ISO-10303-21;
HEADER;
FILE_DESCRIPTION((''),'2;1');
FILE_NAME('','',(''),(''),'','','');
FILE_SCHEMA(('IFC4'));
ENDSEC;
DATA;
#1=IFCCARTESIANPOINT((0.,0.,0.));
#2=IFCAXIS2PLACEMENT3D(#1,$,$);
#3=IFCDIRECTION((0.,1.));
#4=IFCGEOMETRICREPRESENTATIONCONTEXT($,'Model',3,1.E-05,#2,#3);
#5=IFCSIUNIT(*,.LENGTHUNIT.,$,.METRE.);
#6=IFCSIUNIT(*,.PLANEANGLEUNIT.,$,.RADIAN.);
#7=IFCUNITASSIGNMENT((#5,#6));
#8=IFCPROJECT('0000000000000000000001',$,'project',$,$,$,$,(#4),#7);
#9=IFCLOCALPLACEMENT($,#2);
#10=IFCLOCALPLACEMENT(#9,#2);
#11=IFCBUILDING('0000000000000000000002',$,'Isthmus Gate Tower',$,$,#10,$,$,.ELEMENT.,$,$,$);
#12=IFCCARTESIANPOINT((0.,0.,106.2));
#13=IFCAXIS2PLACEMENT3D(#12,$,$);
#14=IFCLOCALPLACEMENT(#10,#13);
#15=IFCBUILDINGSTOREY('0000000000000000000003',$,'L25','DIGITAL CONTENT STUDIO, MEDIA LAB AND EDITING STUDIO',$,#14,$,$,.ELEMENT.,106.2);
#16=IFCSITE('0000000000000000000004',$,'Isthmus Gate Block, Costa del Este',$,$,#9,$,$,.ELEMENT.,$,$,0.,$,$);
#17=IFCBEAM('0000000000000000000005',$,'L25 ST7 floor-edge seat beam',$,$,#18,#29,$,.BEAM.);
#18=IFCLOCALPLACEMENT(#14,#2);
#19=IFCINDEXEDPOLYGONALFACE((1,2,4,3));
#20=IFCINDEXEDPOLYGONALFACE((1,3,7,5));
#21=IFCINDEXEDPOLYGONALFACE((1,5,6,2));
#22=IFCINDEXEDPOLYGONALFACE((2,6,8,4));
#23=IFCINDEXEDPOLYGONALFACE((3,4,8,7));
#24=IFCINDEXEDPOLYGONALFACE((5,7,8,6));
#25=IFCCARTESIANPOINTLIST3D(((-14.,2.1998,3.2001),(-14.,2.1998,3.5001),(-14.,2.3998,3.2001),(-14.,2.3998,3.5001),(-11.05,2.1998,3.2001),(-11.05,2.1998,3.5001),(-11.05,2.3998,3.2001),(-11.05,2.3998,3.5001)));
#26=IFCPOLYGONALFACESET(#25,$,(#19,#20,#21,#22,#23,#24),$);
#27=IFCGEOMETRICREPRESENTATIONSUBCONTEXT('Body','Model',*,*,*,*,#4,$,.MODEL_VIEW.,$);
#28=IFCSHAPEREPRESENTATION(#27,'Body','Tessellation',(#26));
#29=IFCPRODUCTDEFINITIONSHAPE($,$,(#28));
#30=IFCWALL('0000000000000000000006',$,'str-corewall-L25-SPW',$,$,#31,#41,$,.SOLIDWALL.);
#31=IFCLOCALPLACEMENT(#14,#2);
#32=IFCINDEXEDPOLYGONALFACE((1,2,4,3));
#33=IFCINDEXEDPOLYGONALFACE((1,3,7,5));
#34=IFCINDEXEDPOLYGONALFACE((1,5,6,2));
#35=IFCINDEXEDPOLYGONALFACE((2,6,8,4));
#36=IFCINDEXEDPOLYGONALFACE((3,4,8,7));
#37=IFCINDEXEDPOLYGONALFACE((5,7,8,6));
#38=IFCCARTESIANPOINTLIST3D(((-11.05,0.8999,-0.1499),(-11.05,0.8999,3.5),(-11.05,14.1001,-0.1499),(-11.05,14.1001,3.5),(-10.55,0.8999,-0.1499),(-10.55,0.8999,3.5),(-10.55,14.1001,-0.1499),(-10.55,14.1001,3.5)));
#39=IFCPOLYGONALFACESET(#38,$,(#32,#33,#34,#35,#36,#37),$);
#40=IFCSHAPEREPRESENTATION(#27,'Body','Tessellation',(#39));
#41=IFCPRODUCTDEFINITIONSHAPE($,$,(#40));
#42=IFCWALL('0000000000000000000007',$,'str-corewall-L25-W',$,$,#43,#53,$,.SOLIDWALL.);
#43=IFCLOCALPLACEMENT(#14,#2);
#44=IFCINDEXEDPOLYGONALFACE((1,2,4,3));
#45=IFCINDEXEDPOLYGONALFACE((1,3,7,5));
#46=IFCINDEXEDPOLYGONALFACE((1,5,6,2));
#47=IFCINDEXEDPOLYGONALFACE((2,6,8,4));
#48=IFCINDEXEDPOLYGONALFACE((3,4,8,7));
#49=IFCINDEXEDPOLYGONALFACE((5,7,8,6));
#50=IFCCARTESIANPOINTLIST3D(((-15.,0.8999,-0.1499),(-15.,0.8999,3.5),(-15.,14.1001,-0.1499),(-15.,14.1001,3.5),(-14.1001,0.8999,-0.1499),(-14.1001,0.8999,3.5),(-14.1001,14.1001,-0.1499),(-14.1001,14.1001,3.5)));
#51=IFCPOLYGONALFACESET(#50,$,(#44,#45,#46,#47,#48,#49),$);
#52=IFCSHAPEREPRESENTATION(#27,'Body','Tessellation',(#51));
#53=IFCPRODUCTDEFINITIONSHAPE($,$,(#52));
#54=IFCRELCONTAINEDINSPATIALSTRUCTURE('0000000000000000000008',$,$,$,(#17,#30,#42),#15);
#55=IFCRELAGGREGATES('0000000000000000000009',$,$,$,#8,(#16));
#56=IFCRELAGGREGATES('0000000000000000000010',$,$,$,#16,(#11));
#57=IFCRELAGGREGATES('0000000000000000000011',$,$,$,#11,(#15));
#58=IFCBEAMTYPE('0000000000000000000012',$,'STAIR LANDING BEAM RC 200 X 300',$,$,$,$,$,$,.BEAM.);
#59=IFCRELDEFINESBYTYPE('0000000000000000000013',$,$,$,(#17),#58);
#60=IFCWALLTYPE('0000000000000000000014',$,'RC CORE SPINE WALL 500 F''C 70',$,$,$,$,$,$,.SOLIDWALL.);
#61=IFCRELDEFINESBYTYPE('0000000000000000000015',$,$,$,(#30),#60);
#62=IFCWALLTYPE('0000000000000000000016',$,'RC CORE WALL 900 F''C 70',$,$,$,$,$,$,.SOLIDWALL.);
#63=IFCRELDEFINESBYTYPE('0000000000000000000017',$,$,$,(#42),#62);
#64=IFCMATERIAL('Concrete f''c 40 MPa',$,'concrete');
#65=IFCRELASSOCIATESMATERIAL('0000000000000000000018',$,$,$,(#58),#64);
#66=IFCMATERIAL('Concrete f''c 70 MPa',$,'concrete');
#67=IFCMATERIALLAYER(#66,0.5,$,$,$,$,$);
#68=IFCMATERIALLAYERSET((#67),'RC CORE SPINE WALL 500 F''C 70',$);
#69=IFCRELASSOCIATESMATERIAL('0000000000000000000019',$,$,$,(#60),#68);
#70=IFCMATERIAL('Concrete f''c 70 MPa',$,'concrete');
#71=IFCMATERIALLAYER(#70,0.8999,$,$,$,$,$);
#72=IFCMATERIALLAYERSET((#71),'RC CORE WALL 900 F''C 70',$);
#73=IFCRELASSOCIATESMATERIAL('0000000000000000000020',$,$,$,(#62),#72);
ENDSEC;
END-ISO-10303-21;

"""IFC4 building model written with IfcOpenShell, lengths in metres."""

from ifc_helpers import new_model, si_unit, direction, frame, frame_2d, origin, origin_2d, place, context, subcontext, project, spatial, rectangle, extrude, material, layer, layer_set, material_profile, profile_set, type_object, element, save


model = new_model("IFC4")

# Units and contexts
model_context = context("Model", 3, precision=1e-05, world=origin(), true_north=direction((0.0, 1.0)))
body_context = subcontext(model_context, "Body", "Model", "MODEL_VIEW")
ifc_project = project(units=[si_unit("LENGTHUNIT", "METRE"), si_unit("PLANEANGLEUNIT", "RADIAN")], contexts=[model_context])

# Site, building, storey
site_placement = place(None, origin())
site = spatial("IfcSite", under=ifc_project, at=site_placement, Name="Isthmus Gate Block, Costa del Este", CompositionType="ELEMENT", RefElevation=0.0)
building_placement = place(site_placement, origin())
building = spatial("IfcBuilding", under=site, at=building_placement, Name="Isthmus Gate Tower", CompositionType="ELEMENT")
storey_placement = place(building_placement, frame((0.0, 0.0, 106.2)))
storey = spatial("IfcBuildingStorey", under=building, at=storey_placement, Name="L25", Description="DIGITAL CONTENT STUDIO, MEDIA LAB AND EDITING STUDIO", CompositionType="ELEMENT", Elevation=106.2)

# Beam
ifc_material_1 = material(Name="Concrete f'c 40 MPa", Category="concrete")
ifc_material_profile = material_profile(ifc_material_1, rectangle(XDim=0.2, YDim=0.3, at=origin_2d()), Name="STAIR LANDING BEAM RC 200 X 300")
ifc_profile_set = profile_set([ifc_material_profile], Name="Concrete f'c 40 MPa")
beam_type = type_object("IfcBeamType", Name="STAIR LANDING BEAM RC 200 X 300", PredefinedType="BEAM", material=ifc_profile_set)
beam_placement = place(storey_placement, frame((-14.0, 2.2998, 3.3501), z_axis=(1.0, 0.0, 0.0), x_axis=(0.0, 1.0, 0.0)))
element("IfcBeam", 1, at=beam_placement, inside=storey, type_object=beam_type, Name="L25 ST7 floor-edge seat beam", PredefinedType="BEAM", context=body_context, shape_type="SweptSolid", body=[
    extrude(rectangle(XDim=0.2, YDim=0.3, at=origin_2d()), origin(), (0.0, 0.0, 1.0), 2.95),
])

# Walls
ifc_material_2 = material(Name="Concrete f'c 70 MPa", Category="concrete")
ifc_layer_1 = layer(ifc_material_2, 0.5)
ifc_layer_set_1 = layer_set([ifc_layer_1], Name="RC CORE SPINE WALL 500 F'C 70")
wall_type_1 = type_object("IfcWallType", Name="RC CORE SPINE WALL 500 F'C 70", PredefinedType="SOLIDWALL", material=ifc_layer_set_1)
wall_1_placement = place(storey_placement, frame((-10.8, 0.8999, -0.1499), z_axis=(0.0, 0.0, 1.0), x_axis=(0.0, 1.0, 0.0)))
element("IfcWall", 2, at=wall_1_placement, inside=storey, type_object=wall_type_1, Name="str-corewall-L25-SPW", PredefinedType="SOLIDWALL", context=body_context, shape_type="SweptSolid", body=[
    extrude(rectangle(XDim=13.2002, YDim=0.5, at=frame_2d((6.6001, 0.0))), origin(), (0.0, 0.0, 1.0), 3.6499),
])
ifc_material_3 = material(Name="Concrete f'c 70 MPa", Category="concrete")
ifc_layer_2 = layer(ifc_material_3, 0.8999)
ifc_layer_set_2 = layer_set([ifc_layer_2], Name="RC CORE WALL 900 F'C 70")
wall_type_2 = type_object("IfcWallType", Name="RC CORE WALL 900 F'C 70", PredefinedType="SOLIDWALL", material=ifc_layer_set_2)
wall_2_placement = place(storey_placement, frame((-14.55, 0.8999, -0.1499), z_axis=(0.0, 0.0, 1.0), x_axis=(0.0, 1.0, 0.0)))
element("IfcWall", 3, at=wall_2_placement, inside=storey, type_object=wall_type_2, Name="str-corewall-L25-W", PredefinedType="SOLIDWALL", context=body_context, shape_type="SweptSolid", body=[
    extrude(rectangle(XDim=13.2002, YDim=0.8999, at=frame_2d((6.6001, 0.0))), origin(), (0.0, 0.0, 1.0), 3.6499),
])

save(model, "model.ifc")
